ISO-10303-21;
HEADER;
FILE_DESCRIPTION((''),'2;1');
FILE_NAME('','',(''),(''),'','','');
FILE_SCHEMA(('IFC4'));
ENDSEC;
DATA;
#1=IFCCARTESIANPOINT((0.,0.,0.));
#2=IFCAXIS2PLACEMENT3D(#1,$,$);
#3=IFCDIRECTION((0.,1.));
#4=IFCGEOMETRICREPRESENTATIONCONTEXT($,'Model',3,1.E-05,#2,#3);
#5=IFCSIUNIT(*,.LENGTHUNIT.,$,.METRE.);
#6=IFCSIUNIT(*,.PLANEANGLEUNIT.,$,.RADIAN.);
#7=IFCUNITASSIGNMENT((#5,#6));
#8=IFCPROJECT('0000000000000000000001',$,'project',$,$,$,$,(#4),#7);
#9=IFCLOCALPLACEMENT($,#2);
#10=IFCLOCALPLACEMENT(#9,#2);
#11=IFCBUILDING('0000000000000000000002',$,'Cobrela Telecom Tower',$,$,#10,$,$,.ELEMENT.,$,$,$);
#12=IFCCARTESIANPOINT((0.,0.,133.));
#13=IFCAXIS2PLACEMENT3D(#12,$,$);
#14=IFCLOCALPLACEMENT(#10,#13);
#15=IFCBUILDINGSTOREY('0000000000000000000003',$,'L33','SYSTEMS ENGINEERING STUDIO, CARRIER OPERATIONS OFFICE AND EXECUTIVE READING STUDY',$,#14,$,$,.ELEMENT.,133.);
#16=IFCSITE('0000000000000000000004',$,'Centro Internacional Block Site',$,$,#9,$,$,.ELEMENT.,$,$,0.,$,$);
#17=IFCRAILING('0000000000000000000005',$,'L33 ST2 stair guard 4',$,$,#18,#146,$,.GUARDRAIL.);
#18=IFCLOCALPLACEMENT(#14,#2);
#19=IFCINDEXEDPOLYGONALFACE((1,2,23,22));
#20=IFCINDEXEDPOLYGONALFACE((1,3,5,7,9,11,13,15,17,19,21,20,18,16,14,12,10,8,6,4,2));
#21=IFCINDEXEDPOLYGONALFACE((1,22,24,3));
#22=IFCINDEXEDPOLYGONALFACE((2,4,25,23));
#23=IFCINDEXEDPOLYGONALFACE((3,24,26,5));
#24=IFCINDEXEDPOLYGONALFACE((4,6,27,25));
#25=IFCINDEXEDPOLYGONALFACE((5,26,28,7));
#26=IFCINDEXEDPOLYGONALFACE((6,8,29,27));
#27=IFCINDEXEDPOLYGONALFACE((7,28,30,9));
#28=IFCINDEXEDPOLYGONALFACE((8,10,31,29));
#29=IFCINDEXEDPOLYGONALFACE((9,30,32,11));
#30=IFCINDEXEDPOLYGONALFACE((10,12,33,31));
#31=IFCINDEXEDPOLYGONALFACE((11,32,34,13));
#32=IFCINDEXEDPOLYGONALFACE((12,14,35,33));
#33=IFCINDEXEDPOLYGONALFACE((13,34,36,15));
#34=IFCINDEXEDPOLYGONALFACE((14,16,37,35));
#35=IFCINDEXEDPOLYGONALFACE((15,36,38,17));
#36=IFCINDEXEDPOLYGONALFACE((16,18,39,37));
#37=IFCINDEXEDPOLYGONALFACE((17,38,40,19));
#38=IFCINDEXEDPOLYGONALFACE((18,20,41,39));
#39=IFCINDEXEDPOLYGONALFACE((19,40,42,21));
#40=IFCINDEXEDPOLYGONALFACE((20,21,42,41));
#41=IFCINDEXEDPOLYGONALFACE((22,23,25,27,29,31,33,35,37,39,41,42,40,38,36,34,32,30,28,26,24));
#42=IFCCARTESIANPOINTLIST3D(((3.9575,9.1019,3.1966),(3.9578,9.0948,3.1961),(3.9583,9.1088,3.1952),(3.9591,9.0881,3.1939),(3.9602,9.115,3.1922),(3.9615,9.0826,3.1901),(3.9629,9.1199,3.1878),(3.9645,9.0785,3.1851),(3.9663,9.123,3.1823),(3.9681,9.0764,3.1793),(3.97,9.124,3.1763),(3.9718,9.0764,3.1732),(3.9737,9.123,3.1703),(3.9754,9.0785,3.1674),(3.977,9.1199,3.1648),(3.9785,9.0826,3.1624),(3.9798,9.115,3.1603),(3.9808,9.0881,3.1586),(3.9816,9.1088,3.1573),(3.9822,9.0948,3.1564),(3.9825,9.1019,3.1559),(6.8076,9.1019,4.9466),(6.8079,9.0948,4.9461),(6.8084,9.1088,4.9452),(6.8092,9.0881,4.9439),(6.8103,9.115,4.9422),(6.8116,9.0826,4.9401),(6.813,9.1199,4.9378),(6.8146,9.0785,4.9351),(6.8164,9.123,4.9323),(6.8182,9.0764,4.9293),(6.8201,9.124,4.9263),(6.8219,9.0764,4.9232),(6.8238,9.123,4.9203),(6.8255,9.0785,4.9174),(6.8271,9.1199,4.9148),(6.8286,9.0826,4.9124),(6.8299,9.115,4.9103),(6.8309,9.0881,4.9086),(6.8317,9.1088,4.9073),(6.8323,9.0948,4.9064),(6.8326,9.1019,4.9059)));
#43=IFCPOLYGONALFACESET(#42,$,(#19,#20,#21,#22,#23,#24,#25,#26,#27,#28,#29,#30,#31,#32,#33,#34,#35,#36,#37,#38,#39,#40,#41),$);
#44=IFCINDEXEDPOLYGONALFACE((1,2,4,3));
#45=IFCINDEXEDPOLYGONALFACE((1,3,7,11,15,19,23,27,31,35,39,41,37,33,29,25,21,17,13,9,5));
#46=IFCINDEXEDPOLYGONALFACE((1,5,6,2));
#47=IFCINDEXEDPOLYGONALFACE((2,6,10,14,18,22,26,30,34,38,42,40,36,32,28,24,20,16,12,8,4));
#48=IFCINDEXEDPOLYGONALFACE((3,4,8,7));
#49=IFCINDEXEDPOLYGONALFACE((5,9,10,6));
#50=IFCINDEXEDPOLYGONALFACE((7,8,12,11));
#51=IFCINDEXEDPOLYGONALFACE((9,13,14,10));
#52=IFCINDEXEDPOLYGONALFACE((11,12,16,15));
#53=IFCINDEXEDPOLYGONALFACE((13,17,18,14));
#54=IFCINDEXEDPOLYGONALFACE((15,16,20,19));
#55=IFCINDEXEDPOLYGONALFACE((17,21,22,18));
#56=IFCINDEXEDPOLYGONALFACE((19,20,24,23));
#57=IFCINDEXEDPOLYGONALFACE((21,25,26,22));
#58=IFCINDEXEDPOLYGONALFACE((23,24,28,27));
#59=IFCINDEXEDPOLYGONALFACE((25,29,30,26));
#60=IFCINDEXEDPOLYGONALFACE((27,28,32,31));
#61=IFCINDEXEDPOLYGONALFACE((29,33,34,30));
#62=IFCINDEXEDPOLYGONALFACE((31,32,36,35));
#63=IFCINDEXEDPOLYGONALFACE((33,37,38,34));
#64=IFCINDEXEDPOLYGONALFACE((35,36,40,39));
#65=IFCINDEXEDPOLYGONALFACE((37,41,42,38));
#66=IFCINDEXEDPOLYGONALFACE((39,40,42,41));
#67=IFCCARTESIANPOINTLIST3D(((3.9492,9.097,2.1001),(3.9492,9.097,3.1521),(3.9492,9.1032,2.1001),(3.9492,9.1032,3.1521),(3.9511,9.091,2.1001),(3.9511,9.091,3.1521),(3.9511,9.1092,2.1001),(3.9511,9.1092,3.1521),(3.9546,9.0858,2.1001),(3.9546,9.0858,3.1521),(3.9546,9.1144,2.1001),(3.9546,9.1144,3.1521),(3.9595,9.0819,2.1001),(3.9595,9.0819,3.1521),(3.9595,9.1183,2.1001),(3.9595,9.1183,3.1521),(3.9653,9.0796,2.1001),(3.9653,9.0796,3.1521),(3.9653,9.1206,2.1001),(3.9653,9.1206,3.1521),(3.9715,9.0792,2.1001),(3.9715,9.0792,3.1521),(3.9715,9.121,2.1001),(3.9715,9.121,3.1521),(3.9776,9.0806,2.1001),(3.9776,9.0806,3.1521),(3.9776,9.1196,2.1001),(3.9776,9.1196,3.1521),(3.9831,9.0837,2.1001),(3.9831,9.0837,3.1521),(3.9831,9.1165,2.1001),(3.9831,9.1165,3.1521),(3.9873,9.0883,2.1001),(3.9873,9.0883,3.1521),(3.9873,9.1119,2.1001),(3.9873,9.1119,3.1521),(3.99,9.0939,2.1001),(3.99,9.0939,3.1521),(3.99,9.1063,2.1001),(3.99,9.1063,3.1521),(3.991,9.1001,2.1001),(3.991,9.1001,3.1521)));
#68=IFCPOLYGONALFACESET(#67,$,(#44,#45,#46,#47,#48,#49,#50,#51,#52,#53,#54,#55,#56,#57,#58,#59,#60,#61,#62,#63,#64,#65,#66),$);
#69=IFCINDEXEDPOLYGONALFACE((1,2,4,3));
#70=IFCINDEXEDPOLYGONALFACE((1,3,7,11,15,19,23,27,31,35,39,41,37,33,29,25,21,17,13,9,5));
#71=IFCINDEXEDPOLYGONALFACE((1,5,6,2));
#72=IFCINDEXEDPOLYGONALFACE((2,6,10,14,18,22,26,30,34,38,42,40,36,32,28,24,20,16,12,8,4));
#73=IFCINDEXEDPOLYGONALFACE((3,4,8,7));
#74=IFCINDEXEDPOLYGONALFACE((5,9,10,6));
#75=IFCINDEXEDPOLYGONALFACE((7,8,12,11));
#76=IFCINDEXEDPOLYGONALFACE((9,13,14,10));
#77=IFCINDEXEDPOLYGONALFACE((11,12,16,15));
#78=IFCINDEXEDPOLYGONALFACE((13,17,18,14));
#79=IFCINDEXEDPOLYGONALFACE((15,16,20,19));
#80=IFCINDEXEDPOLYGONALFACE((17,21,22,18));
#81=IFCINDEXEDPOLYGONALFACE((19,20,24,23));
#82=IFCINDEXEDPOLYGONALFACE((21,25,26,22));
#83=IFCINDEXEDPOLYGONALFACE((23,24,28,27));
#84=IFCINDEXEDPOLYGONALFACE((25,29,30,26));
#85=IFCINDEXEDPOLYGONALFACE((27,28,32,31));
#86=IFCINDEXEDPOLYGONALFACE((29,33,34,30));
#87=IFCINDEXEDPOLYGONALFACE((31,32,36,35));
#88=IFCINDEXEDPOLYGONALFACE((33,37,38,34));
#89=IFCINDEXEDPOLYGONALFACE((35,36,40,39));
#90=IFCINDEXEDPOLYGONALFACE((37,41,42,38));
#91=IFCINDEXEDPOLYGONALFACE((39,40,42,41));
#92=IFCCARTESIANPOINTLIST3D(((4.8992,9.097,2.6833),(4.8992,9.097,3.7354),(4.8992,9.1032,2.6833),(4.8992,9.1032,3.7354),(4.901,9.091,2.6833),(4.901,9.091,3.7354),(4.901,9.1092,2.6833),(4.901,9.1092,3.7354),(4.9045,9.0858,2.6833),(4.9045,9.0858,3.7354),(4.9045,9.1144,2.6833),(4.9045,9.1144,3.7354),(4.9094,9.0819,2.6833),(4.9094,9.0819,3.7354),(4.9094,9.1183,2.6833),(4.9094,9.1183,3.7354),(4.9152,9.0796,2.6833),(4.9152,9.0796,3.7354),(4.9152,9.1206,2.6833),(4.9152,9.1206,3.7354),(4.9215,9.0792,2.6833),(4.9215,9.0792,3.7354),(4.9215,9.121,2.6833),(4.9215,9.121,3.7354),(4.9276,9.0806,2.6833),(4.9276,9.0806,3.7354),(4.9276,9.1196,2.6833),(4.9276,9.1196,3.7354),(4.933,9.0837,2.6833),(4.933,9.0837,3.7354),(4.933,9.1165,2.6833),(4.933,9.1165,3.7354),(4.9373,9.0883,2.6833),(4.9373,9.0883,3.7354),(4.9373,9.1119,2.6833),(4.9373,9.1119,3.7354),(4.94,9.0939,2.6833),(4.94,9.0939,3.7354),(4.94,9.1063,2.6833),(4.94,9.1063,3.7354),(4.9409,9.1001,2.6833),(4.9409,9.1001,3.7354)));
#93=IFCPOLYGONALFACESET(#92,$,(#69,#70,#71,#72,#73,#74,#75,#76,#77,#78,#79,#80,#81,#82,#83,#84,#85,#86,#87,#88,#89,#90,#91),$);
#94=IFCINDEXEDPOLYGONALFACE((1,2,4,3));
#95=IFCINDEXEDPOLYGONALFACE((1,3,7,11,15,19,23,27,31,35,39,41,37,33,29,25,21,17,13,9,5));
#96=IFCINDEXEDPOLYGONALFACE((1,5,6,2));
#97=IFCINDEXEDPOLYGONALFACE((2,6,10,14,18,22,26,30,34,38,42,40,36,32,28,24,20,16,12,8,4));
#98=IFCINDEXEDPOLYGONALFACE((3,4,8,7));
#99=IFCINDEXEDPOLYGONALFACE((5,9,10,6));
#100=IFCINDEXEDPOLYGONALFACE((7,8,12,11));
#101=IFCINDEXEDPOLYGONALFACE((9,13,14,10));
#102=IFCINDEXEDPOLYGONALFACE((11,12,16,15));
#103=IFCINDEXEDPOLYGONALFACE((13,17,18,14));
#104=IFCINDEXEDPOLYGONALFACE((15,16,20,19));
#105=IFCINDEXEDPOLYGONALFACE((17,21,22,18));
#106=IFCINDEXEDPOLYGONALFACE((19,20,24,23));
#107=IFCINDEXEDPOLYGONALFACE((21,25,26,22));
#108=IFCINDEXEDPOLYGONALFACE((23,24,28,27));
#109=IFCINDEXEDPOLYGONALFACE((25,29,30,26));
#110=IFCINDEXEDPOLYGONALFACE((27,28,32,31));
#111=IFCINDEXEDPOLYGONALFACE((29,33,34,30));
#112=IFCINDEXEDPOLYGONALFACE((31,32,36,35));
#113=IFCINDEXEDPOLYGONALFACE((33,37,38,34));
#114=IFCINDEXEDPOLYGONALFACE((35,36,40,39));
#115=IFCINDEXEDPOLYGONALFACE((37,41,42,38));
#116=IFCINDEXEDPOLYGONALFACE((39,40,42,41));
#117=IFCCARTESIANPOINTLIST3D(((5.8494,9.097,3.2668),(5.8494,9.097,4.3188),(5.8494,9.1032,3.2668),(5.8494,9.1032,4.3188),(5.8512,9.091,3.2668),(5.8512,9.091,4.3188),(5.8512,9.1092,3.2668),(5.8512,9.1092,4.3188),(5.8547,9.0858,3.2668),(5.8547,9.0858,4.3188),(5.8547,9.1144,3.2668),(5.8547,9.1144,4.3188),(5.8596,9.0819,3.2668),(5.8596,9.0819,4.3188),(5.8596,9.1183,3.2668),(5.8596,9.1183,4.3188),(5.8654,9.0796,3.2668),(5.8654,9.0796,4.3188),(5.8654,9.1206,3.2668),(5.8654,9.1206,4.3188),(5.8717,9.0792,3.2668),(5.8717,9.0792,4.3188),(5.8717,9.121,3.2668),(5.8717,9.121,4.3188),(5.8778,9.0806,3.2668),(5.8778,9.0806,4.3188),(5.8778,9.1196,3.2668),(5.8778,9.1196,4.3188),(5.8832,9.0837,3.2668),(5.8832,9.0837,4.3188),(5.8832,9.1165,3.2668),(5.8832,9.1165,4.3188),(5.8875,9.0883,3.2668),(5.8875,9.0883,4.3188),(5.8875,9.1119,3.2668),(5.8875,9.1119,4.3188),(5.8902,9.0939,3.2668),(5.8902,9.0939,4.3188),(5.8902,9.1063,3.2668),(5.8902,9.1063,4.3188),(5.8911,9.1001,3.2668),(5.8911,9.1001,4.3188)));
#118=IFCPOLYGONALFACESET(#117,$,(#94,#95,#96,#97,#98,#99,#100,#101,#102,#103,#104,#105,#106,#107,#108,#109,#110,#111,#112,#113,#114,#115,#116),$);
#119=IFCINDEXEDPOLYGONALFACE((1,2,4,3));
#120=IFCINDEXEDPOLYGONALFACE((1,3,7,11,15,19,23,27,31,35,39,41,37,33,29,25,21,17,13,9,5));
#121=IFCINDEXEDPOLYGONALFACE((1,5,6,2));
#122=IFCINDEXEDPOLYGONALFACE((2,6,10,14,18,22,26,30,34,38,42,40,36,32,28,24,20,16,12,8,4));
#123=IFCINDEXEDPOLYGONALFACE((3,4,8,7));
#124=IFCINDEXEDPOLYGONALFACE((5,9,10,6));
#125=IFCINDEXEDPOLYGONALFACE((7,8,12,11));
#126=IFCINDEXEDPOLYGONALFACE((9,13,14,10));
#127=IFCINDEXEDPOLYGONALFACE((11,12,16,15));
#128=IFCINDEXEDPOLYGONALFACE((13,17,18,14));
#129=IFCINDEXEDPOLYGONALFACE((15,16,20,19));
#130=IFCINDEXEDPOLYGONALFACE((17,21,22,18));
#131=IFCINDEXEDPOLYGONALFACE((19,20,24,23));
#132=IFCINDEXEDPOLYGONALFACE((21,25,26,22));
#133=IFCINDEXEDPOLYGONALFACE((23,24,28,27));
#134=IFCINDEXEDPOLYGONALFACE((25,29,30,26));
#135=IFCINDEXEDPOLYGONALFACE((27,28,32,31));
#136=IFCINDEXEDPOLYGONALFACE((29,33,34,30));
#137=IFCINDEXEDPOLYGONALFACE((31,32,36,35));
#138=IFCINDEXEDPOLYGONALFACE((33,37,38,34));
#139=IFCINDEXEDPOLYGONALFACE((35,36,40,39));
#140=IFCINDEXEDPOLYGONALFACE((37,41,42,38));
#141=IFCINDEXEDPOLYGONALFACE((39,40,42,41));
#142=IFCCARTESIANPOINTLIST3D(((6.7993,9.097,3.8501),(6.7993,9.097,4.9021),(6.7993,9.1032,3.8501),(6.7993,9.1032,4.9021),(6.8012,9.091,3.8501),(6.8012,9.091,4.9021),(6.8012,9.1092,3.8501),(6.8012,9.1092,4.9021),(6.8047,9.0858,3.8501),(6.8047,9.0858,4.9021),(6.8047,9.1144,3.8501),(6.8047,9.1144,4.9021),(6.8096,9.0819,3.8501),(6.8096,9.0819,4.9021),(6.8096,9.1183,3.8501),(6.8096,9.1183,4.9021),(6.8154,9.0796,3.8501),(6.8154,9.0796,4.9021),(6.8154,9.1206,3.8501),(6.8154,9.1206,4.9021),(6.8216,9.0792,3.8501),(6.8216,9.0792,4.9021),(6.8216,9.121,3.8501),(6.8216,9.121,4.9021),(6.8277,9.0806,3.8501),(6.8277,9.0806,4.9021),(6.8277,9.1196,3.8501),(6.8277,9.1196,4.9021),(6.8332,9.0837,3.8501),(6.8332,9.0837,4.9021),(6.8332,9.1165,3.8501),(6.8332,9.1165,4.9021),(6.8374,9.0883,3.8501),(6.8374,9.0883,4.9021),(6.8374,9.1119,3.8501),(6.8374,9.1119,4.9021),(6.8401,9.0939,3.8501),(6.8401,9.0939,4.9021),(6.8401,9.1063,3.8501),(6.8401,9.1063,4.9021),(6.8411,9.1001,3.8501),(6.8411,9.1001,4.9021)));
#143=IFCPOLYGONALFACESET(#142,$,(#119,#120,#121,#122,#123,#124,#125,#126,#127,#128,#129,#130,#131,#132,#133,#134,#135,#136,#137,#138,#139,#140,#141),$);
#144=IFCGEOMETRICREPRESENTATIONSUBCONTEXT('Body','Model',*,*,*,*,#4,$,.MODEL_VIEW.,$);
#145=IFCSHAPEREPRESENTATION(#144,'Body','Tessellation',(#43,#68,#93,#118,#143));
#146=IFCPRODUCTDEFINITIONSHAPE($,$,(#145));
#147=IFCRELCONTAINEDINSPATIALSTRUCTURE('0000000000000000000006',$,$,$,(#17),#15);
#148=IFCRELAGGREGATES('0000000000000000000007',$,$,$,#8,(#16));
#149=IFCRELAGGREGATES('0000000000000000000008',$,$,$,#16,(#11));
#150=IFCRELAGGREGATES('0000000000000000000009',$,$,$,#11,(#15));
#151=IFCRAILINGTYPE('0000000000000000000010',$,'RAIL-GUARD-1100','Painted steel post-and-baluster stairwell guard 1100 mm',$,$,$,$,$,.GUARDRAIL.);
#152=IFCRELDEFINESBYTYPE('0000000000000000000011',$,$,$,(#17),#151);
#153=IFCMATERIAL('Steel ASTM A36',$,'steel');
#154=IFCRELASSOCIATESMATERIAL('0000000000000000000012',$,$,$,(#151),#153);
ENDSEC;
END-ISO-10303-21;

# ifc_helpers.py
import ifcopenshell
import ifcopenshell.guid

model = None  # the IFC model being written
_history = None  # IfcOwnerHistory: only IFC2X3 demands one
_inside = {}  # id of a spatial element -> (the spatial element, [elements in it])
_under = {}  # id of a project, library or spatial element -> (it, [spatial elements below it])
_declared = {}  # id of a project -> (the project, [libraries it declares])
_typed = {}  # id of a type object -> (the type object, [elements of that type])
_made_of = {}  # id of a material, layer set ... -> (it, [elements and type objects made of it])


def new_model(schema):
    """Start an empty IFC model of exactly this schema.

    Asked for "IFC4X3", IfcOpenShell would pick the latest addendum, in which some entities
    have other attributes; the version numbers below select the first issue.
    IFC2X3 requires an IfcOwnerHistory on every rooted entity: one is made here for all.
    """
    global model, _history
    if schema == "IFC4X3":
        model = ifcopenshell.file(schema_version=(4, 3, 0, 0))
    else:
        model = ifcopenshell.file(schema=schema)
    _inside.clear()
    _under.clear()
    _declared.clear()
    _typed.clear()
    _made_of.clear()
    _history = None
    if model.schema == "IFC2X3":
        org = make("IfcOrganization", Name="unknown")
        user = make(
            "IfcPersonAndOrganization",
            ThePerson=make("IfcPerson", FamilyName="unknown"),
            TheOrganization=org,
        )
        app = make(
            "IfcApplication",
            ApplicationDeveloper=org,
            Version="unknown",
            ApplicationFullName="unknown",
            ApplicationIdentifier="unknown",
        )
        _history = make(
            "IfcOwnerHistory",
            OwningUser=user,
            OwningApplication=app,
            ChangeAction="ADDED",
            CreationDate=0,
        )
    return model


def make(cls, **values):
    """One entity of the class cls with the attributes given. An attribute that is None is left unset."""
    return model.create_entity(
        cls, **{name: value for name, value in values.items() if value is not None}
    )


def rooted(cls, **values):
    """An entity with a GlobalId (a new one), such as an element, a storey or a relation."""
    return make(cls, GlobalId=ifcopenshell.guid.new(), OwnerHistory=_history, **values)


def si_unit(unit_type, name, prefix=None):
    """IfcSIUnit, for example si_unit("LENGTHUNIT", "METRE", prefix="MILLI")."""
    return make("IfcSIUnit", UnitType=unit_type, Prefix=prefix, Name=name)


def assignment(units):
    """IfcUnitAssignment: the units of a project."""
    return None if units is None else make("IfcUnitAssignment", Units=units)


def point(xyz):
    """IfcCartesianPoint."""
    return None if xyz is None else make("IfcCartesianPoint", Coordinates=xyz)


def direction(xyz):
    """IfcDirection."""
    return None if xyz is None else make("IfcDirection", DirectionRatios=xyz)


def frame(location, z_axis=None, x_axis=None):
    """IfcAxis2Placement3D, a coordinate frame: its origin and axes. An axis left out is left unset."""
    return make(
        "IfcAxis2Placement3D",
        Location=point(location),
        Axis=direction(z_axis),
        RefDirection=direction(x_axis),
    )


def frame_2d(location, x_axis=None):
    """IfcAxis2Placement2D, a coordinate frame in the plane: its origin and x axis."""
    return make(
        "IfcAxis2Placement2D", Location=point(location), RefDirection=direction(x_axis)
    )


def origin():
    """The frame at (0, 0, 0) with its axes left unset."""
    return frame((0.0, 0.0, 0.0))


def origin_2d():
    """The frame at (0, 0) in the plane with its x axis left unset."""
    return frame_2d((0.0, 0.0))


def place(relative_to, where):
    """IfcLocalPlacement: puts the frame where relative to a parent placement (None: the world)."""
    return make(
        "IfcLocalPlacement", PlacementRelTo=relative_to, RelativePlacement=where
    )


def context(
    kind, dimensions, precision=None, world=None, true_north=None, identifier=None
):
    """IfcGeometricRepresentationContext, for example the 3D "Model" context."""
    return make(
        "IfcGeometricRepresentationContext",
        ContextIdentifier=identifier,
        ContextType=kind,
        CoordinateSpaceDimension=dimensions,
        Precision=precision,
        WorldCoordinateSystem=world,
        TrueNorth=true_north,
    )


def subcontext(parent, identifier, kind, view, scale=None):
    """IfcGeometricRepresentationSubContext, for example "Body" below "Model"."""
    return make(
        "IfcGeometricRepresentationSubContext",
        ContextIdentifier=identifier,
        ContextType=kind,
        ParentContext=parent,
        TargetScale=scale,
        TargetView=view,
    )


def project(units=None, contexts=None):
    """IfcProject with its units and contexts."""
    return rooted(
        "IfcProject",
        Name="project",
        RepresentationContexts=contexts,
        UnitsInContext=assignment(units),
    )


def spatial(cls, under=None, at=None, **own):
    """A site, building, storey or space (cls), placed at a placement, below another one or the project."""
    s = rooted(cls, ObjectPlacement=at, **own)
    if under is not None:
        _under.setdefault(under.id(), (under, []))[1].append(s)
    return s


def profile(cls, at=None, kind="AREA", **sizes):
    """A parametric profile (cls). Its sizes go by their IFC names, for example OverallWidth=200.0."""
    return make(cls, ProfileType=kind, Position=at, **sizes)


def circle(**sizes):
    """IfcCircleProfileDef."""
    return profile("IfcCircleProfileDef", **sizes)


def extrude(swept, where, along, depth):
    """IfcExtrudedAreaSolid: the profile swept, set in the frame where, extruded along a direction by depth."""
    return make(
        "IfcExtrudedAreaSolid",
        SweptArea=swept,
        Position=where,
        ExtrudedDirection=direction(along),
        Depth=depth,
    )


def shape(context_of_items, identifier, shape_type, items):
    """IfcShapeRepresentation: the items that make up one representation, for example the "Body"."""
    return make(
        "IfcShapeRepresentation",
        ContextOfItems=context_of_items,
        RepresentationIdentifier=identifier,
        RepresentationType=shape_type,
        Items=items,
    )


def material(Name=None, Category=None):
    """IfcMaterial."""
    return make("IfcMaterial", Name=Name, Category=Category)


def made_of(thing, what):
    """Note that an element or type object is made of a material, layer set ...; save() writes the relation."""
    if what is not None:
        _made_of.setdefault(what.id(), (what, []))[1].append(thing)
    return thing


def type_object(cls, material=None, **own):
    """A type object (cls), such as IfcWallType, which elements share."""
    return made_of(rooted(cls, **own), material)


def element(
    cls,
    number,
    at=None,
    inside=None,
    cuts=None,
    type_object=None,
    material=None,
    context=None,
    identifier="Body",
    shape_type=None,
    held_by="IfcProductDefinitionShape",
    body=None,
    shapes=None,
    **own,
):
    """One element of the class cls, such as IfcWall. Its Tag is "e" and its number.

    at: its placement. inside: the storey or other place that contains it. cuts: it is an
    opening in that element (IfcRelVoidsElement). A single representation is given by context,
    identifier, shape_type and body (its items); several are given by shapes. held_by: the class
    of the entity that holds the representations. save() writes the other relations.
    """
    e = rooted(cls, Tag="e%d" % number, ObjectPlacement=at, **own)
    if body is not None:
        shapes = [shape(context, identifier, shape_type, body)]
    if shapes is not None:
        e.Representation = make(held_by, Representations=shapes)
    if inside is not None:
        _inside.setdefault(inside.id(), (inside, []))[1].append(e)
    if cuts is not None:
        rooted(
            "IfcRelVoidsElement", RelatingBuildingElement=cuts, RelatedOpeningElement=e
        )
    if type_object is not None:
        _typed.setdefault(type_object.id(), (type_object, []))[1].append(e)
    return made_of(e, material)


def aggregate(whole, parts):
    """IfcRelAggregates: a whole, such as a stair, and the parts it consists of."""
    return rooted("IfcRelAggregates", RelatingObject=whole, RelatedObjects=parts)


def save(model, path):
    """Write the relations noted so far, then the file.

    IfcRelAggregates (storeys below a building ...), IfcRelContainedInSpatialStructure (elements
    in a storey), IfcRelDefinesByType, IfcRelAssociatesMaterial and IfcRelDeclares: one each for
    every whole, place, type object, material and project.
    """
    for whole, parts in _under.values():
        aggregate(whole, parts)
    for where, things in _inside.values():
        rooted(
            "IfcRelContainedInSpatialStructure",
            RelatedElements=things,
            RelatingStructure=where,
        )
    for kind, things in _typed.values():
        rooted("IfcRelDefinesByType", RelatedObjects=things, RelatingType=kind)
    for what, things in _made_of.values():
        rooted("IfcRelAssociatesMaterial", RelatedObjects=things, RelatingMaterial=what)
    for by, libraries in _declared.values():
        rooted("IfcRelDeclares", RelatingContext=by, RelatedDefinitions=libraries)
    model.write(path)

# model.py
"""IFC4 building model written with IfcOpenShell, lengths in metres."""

from ifc_helpers import new_model, si_unit, direction, frame, origin, origin_2d, place, context, subcontext, project, spatial, circle, extrude, material, type_object, element, save


model = new_model("IFC4")

# Units and contexts
model_context = context("Model", 3, precision=1e-05, world=origin(), true_north=direction((0.0, 1.0)))
body_context = subcontext(model_context, "Body", "Model", "MODEL_VIEW")
ifc_project = project(units=[si_unit("LENGTHUNIT", "METRE"), si_unit("PLANEANGLEUNIT", "RADIAN")], contexts=[model_context])

# Site, building, storey
site_placement = place(None, origin())
site = spatial("IfcSite", under=ifc_project, at=site_placement, Name="Centro Internacional Block Site", CompositionType="ELEMENT", RefElevation=0.0)
building_placement = place(site_placement, origin())
building = spatial("IfcBuilding", under=site, at=building_placement, Name="Cobrela Telecom Tower", CompositionType="ELEMENT")
storey_placement = place(building_placement, frame((0.0, 0.0, 133.0)))
storey = spatial("IfcBuildingStorey", under=building, at=storey_placement, Name="L33", Description="SYSTEMS ENGINEERING STUDIO, CARRIER OPERATIONS OFFICE AND EXECUTIVE READING STUDY", CompositionType="ELEMENT", Elevation=133.0)

# Railing
ifc_material_1 = material(Name="Steel ASTM A36", Category="steel")
railing_type_1 = type_object("IfcRailingType", Name="RAIL-GUARD-1100", Description="Painted steel post-and-baluster stairwell guard 1100 mm", PredefinedType="GUARDRAIL", material=ifc_material_1)
railing_1_placement = place(storey_placement, frame((3.97, 9.1001, 2.1001)))
element("IfcRailing", 1, at=railing_1_placement, inside=storey, type_object=railing_type_1, Name="L33 ST2 stair guard 4", PredefinedType="GUARDRAIL", context=body_context, shape_type="SweptSolid", body=[
    extrude(circle(Radius=0.0239, at=origin_2d()), frame((0.0, 0.0, 1.0762), z_axis=(0.852179, 0.0, 0.52325), x_axis=(0.0, 1.0, 0.0)), (0.0, 0.0, 1.0), 3.3445),
    extrude(circle(Radius=0.021, at=origin_2d()), origin(), (0.0, 0.0, 1.0), 1.052),
    extrude(circle(Radius=0.021, at=origin_2d()), frame((0.95, 0.0, 0.5833)), (0.0, 0.0, 1.0), 1.052),
    extrude(circle(Radius=0.021, at=origin_2d()), frame((1.9001, 0.0, 1.1667)), (0.0, 0.0, 1.0), 1.052),
    extrude(circle(Radius=0.021, at=origin_2d()), frame((2.8501, 0.0, 1.75)), (0.0, 0.0, 1.0), 1.052),
])

save(model, "model.ifc")
